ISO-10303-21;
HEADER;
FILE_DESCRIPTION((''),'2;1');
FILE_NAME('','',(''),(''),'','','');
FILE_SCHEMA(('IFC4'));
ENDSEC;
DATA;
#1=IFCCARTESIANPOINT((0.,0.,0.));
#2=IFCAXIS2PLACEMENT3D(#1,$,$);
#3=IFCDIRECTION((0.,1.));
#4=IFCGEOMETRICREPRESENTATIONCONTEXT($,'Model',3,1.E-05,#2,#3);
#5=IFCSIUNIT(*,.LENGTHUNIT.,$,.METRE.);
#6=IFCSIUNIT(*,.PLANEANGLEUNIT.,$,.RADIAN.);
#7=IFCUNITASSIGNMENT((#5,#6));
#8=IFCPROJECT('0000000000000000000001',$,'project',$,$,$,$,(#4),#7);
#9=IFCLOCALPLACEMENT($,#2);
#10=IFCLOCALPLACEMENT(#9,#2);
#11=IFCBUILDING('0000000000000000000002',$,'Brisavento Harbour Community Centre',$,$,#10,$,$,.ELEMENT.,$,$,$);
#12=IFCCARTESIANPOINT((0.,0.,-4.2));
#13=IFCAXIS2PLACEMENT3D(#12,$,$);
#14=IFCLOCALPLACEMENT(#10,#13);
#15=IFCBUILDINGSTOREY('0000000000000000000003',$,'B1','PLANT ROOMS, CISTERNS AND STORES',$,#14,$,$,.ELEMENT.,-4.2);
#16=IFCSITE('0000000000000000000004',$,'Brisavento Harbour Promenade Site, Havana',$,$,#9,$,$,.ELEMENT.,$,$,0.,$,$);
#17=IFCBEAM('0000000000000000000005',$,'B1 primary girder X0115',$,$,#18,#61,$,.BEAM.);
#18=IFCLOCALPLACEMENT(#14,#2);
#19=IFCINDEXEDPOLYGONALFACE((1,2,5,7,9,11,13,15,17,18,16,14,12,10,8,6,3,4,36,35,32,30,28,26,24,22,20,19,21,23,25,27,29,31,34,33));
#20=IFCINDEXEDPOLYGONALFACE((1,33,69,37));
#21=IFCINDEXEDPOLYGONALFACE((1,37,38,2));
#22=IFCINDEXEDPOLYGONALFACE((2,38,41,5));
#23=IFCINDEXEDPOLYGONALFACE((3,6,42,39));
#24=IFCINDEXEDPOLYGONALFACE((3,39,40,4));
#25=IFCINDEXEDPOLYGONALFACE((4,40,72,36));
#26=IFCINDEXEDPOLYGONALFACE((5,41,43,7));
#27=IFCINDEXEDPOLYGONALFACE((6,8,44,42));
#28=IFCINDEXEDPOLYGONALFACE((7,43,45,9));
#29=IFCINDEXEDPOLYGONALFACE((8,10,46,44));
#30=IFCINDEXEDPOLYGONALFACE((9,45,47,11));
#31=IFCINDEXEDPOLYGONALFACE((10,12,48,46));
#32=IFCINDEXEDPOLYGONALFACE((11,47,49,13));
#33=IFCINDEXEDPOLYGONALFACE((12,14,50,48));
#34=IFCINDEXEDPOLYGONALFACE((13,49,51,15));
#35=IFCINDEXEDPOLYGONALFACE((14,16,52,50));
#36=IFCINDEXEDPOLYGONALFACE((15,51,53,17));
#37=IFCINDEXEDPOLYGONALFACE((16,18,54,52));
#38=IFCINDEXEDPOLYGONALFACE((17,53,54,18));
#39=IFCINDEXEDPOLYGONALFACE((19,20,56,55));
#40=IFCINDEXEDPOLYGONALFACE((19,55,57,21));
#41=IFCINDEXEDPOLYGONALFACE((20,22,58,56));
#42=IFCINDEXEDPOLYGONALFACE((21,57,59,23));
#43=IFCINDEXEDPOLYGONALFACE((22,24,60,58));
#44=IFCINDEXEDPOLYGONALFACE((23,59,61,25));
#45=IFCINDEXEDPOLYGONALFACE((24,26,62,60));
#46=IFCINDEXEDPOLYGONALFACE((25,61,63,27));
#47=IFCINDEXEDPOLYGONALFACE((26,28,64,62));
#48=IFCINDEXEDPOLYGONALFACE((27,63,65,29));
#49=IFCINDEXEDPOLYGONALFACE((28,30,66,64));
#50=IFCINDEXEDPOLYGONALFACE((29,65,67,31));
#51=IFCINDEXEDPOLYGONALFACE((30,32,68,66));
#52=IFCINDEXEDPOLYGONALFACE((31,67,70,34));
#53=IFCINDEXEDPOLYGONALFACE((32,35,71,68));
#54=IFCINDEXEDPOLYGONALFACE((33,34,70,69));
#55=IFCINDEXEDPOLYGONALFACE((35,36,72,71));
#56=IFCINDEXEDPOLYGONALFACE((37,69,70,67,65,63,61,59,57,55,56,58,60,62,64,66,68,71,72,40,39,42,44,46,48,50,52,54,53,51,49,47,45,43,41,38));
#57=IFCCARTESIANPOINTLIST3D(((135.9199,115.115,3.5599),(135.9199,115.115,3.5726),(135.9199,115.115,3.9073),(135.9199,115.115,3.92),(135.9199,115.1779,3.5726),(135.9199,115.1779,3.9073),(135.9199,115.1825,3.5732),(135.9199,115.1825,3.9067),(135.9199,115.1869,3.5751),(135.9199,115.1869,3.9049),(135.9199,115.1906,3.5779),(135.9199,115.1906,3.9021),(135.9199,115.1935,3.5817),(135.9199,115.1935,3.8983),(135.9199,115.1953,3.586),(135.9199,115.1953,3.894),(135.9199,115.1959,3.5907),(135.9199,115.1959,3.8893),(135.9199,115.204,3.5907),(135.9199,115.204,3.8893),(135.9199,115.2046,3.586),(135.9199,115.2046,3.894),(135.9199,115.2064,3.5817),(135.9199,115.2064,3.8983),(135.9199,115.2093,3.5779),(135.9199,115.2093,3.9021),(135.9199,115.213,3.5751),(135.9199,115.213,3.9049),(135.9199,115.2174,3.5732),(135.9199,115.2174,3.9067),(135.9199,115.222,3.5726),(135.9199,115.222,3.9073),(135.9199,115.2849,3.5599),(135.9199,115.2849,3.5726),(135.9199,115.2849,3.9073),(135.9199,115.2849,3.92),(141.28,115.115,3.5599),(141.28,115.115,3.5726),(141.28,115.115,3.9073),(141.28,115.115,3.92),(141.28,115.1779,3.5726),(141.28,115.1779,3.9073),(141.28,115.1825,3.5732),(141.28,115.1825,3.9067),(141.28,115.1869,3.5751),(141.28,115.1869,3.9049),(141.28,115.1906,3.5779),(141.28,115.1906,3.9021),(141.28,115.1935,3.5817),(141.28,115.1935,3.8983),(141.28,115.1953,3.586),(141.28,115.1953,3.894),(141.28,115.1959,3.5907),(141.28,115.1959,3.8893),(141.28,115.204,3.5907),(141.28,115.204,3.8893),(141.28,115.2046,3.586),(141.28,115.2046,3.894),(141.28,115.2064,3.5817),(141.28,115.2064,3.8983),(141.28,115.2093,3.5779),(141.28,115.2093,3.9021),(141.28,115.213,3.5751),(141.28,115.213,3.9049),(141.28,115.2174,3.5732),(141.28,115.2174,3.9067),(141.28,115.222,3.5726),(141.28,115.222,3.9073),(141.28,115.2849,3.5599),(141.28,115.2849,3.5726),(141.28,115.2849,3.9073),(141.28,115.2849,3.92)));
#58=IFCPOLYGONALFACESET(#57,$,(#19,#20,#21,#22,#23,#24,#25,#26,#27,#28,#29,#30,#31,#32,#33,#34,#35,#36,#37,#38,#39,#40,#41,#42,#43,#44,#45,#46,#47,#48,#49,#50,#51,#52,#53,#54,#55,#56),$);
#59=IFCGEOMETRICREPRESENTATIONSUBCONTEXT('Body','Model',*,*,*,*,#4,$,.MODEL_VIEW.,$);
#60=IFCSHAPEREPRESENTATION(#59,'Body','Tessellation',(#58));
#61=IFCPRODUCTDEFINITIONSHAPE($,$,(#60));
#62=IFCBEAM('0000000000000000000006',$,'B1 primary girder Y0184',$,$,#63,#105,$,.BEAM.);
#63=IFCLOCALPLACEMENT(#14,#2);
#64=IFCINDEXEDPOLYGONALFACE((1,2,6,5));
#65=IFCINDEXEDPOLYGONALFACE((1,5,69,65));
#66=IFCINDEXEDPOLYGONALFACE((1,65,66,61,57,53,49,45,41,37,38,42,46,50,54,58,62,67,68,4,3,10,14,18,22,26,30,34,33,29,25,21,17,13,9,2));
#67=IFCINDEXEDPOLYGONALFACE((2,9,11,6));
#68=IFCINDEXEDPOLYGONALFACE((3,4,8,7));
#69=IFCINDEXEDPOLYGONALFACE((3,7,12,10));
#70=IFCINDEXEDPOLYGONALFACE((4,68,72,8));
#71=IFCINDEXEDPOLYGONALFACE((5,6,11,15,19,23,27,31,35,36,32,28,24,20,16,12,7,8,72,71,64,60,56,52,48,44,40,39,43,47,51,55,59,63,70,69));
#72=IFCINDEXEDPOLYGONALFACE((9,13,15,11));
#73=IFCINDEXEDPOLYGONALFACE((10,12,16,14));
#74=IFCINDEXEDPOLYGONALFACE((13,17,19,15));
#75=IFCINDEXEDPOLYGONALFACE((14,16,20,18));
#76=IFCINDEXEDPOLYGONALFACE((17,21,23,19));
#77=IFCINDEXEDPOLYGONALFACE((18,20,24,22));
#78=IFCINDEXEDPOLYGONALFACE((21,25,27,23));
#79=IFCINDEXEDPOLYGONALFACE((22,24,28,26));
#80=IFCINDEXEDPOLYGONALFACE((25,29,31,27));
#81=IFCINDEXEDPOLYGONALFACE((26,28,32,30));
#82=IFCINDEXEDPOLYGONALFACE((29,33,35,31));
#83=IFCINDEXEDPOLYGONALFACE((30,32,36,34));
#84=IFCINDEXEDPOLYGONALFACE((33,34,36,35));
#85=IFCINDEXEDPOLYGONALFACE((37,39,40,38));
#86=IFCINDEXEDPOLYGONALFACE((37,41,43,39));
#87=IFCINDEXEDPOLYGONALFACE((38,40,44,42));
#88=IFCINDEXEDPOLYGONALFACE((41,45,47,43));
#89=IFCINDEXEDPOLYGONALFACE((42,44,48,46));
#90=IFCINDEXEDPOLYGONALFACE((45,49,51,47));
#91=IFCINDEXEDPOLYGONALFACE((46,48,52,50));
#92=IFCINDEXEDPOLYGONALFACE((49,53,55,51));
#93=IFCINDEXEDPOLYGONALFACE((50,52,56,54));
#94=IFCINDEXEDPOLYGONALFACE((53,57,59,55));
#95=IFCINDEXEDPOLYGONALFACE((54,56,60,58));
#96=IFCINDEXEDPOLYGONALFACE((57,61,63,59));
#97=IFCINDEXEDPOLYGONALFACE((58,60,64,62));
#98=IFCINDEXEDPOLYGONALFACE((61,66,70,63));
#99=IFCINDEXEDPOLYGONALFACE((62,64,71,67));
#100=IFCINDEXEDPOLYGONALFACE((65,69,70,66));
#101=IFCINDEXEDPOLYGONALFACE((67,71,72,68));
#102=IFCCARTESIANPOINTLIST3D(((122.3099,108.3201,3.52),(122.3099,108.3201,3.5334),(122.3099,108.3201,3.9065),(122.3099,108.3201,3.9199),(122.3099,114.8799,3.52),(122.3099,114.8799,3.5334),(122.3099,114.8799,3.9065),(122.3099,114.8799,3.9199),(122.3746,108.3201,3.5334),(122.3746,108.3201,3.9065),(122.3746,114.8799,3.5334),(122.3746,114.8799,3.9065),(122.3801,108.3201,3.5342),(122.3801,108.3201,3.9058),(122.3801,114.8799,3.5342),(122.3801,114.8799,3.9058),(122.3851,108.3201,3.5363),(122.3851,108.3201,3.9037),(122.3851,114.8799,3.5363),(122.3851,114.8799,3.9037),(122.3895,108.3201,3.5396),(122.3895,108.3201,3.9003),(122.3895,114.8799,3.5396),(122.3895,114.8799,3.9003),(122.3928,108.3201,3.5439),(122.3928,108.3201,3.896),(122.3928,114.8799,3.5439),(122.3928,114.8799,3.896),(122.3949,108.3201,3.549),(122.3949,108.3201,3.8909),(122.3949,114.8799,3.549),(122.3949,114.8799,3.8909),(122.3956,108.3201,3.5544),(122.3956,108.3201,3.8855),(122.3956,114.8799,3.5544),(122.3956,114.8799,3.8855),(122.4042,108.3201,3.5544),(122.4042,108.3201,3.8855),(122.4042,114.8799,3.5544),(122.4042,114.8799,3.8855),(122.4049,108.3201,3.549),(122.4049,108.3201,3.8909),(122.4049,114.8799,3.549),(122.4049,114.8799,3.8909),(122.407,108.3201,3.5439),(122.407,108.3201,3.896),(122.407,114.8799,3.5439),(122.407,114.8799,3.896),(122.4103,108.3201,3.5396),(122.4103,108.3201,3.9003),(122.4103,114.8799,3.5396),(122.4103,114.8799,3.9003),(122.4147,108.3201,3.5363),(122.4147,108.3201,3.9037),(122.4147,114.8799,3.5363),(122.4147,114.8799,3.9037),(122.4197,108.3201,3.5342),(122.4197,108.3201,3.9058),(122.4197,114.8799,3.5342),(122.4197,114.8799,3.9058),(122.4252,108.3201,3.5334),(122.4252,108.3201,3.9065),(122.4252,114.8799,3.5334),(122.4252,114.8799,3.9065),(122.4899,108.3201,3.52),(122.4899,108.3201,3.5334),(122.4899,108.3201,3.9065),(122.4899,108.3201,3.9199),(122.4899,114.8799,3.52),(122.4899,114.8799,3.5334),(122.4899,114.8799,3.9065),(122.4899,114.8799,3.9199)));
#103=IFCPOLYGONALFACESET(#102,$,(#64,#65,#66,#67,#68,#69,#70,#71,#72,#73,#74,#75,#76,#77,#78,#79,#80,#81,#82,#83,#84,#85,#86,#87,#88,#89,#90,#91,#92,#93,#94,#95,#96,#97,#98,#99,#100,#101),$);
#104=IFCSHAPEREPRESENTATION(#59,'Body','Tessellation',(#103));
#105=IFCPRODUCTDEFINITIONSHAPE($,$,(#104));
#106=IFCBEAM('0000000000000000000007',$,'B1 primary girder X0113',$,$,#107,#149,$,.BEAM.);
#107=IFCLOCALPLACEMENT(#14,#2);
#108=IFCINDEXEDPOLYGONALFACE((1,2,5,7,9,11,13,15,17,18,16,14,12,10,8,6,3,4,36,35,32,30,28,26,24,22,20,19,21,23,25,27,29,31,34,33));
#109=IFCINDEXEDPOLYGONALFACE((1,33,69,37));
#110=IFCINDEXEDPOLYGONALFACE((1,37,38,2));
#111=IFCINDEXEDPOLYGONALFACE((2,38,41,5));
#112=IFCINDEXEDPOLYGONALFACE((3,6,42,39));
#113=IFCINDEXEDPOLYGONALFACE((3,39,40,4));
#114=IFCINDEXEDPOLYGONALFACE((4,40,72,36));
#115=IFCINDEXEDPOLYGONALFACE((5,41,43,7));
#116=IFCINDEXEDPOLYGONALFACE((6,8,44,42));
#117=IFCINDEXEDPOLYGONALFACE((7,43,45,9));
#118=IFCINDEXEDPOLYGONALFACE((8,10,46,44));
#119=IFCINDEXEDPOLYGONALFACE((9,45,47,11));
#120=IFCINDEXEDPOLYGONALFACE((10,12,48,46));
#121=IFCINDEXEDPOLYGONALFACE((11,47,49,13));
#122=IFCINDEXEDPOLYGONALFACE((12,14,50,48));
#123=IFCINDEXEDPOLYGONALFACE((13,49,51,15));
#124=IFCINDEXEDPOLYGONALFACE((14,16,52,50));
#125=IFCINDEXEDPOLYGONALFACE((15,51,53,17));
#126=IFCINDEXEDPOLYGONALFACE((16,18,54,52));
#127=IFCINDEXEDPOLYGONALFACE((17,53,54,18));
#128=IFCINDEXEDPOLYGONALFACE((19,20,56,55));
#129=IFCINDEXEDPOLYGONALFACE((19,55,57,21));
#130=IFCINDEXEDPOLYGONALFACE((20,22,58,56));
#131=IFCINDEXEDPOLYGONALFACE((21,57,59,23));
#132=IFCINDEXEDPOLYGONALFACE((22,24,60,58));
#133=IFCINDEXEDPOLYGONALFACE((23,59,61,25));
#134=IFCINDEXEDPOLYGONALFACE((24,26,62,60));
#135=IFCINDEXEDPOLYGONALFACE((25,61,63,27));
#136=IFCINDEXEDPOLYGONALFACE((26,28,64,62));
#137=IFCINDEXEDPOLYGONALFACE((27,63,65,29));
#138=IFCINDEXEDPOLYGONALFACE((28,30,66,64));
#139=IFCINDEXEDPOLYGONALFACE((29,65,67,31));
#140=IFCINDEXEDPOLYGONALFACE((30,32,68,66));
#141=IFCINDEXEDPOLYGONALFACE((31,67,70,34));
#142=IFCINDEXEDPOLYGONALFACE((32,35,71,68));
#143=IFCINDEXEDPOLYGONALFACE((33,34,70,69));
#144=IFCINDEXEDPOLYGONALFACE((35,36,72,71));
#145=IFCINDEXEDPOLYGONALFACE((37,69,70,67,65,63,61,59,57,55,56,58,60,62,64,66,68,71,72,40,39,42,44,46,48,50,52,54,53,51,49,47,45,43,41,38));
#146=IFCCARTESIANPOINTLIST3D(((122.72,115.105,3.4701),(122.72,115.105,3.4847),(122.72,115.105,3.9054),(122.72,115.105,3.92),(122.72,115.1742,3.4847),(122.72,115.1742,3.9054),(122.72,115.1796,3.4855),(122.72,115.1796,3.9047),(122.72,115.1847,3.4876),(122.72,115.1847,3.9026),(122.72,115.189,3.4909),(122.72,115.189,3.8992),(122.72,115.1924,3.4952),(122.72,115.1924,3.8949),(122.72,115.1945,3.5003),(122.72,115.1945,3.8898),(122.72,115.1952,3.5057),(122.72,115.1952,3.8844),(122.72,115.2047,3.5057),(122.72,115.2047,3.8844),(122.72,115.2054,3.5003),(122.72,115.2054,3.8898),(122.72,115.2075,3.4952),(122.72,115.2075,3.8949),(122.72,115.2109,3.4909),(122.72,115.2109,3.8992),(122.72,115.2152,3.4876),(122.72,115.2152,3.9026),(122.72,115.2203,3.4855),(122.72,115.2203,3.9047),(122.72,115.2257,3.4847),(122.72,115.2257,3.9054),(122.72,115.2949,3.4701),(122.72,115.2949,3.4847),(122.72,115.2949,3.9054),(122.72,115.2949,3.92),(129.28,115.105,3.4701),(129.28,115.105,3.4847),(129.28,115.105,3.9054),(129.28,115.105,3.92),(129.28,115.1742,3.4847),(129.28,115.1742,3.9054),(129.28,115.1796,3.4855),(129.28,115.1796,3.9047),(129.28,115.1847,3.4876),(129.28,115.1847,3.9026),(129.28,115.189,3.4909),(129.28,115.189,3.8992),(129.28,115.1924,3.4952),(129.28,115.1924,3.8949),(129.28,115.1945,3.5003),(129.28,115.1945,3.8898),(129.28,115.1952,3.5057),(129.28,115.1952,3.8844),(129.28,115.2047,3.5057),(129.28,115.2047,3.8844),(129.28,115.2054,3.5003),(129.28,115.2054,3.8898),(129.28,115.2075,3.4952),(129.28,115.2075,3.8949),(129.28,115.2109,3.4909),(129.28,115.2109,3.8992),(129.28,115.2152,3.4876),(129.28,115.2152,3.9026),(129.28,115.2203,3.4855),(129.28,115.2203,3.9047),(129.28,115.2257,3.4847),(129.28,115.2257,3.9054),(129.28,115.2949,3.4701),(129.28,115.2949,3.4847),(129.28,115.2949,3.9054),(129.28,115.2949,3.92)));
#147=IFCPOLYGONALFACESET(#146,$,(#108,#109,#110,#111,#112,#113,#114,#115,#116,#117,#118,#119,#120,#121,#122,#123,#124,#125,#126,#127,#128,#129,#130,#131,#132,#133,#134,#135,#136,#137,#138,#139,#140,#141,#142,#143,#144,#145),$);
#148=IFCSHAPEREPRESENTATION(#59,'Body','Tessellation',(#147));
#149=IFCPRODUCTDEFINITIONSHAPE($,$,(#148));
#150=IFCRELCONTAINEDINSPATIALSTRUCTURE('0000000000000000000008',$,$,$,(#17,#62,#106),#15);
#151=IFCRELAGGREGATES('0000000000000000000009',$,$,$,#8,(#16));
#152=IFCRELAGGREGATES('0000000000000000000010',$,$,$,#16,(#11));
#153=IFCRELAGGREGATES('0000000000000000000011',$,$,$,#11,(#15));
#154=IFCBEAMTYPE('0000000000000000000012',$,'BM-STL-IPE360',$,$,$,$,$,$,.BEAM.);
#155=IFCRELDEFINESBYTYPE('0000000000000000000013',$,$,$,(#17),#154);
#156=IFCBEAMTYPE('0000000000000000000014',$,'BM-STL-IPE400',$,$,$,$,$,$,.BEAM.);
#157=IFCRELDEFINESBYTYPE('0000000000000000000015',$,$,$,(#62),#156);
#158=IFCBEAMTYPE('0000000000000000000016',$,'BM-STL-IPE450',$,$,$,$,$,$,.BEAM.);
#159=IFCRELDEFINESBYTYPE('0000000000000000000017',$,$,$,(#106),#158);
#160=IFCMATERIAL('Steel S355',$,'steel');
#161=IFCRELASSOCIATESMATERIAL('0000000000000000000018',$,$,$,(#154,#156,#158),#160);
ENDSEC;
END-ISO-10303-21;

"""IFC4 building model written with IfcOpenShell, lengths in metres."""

from ifc_helpers import new_model, si_unit, direction, frame, origin, origin_2d, place, context, subcontext, project, spatial, i_section, extrude, material, material_profile, profile_set, type_object, element, save


model = new_model("IFC4")

# Units and contexts
model_context = context("Model", 3, precision=1e-05, world=origin(), true_north=direction((0.0, 1.0)))
body_context = subcontext(model_context, "Body", "Model", "MODEL_VIEW")
ifc_project = project(units=[si_unit("LENGTHUNIT", "METRE"), si_unit("PLANEANGLEUNIT", "RADIAN")], contexts=[model_context])

# Site, building, storey
site_placement = place(None, origin())
site = spatial("IfcSite", under=ifc_project, at=site_placement, Name="Brisavento Harbour Promenade Site, Havana", CompositionType="ELEMENT", RefElevation=0.0)
building_placement = place(site_placement, origin())
building = spatial("IfcBuilding", under=site, at=building_placement, Name="Brisavento Harbour Community Centre", CompositionType="ELEMENT")
storey_placement = place(building_placement, frame((0.0, 0.0, -4.2)))
storey = spatial("IfcBuildingStorey", under=building, at=storey_placement, Name="B1", Description="PLANT ROOMS, CISTERNS AND STORES", CompositionType="ELEMENT", Elevation=-4.2)

# Beams
ifc_material_1 = material(Name="Steel S355", Category="steel")
ifc_material_profile_1 = material_profile(ifc_material_1, i_section(OverallWidth=0.1699, OverallDepth=0.3601, WebThickness=0.0081, FlangeThickness=0.0127, FilletRadius=0.0181, at=origin_2d()), Name="Steel S355")
ifc_profile_set_1 = profile_set([ifc_material_profile_1], Name="Steel S355")
beam_type_1 = type_object("IfcBeamType", Name="BM-STL-IPE360", PredefinedType="BEAM", material=ifc_profile_set_1)
for number, where, z_axis, x_axis, name in (
    (1, (135.9199, 115.2, 3.74), (1.0, 0.0, 0.0), (0.0, 1.0, 0.0), "B1 primary girder X0115"),
):
    element("IfcBeam", number, at=place(storey_placement, frame(where, z_axis=z_axis, x_axis=x_axis)), inside=storey, type_object=beam_type_1, Name=name, PredefinedType="BEAM", context=body_context, shape_type="SweptSolid", body=[
        extrude(i_section(OverallWidth=0.1699, OverallDepth=0.3601, WebThickness=0.0081, FlangeThickness=0.0127, FilletRadius=0.0181, at=origin_2d()), origin(), (0.0, 0.0, 1.0), 5.3601),
    ])
ifc_material_profile_2 = material_profile(ifc_material_1, i_section(OverallWidth=0.1799, OverallDepth=0.3999, WebThickness=0.0085, FlangeThickness=0.0134, FilletRadius=0.021, at=origin_2d()), Name="Steel S355")
ifc_profile_set_2 = profile_set([ifc_material_profile_2], Name="Steel S355")
beam_type_2 = type_object("IfcBeamType", Name="BM-STL-IPE400", PredefinedType="BEAM", material=ifc_profile_set_2)
beam_1_placement = place(storey_placement, frame((122.3999, 108.3201, 3.72), z_axis=(0.0, 1.0, 0.0), x_axis=(-1.0, 0.0, 0.0)))
element("IfcBeam", 2, at=beam_1_placement, inside=storey, type_object=beam_type_2, Name="B1 primary girder Y0184", PredefinedType="BEAM", context=body_context, shape_type="SweptSolid", body=[
    extrude(i_section(OverallWidth=0.1799, OverallDepth=0.3999, WebThickness=0.0085, FlangeThickness=0.0134, FilletRadius=0.021, at=origin_2d()), origin(), (0.0, 0.0, 1.0), 6.5598),
])
ifc_material_profile_3 = material_profile(ifc_material_1, i_section(OverallWidth=0.1899, OverallDepth=0.45, WebThickness=0.0095, FlangeThickness=0.0146, FilletRadius=0.021, at=origin_2d()), Name="Steel S355")
ifc_profile_set_3 = profile_set([ifc_material_profile_3], Name="Steel S355")
beam_type_3 = type_object("IfcBeamType", Name="BM-STL-IPE450", PredefinedType="BEAM", material=ifc_profile_set_3)
beam_2_placement = place(storey_placement, frame((122.72, 115.2, 3.6951), z_axis=(1.0, 0.0, 0.0), x_axis=(0.0, 1.0, 0.0)))
element("IfcBeam", 3, at=beam_2_placement, inside=storey, type_object=beam_type_3, Name="B1 primary girder X0113", PredefinedType="BEAM", context=body_context, shape_type="SweptSolid", body=[
    extrude(i_section(OverallWidth=0.1899, OverallDepth=0.45, WebThickness=0.0095, FlangeThickness=0.0146, FilletRadius=0.021, at=origin_2d()), origin(), (0.0, 0.0, 1.0), 6.5601),
])

save(model, "model.ifc")
